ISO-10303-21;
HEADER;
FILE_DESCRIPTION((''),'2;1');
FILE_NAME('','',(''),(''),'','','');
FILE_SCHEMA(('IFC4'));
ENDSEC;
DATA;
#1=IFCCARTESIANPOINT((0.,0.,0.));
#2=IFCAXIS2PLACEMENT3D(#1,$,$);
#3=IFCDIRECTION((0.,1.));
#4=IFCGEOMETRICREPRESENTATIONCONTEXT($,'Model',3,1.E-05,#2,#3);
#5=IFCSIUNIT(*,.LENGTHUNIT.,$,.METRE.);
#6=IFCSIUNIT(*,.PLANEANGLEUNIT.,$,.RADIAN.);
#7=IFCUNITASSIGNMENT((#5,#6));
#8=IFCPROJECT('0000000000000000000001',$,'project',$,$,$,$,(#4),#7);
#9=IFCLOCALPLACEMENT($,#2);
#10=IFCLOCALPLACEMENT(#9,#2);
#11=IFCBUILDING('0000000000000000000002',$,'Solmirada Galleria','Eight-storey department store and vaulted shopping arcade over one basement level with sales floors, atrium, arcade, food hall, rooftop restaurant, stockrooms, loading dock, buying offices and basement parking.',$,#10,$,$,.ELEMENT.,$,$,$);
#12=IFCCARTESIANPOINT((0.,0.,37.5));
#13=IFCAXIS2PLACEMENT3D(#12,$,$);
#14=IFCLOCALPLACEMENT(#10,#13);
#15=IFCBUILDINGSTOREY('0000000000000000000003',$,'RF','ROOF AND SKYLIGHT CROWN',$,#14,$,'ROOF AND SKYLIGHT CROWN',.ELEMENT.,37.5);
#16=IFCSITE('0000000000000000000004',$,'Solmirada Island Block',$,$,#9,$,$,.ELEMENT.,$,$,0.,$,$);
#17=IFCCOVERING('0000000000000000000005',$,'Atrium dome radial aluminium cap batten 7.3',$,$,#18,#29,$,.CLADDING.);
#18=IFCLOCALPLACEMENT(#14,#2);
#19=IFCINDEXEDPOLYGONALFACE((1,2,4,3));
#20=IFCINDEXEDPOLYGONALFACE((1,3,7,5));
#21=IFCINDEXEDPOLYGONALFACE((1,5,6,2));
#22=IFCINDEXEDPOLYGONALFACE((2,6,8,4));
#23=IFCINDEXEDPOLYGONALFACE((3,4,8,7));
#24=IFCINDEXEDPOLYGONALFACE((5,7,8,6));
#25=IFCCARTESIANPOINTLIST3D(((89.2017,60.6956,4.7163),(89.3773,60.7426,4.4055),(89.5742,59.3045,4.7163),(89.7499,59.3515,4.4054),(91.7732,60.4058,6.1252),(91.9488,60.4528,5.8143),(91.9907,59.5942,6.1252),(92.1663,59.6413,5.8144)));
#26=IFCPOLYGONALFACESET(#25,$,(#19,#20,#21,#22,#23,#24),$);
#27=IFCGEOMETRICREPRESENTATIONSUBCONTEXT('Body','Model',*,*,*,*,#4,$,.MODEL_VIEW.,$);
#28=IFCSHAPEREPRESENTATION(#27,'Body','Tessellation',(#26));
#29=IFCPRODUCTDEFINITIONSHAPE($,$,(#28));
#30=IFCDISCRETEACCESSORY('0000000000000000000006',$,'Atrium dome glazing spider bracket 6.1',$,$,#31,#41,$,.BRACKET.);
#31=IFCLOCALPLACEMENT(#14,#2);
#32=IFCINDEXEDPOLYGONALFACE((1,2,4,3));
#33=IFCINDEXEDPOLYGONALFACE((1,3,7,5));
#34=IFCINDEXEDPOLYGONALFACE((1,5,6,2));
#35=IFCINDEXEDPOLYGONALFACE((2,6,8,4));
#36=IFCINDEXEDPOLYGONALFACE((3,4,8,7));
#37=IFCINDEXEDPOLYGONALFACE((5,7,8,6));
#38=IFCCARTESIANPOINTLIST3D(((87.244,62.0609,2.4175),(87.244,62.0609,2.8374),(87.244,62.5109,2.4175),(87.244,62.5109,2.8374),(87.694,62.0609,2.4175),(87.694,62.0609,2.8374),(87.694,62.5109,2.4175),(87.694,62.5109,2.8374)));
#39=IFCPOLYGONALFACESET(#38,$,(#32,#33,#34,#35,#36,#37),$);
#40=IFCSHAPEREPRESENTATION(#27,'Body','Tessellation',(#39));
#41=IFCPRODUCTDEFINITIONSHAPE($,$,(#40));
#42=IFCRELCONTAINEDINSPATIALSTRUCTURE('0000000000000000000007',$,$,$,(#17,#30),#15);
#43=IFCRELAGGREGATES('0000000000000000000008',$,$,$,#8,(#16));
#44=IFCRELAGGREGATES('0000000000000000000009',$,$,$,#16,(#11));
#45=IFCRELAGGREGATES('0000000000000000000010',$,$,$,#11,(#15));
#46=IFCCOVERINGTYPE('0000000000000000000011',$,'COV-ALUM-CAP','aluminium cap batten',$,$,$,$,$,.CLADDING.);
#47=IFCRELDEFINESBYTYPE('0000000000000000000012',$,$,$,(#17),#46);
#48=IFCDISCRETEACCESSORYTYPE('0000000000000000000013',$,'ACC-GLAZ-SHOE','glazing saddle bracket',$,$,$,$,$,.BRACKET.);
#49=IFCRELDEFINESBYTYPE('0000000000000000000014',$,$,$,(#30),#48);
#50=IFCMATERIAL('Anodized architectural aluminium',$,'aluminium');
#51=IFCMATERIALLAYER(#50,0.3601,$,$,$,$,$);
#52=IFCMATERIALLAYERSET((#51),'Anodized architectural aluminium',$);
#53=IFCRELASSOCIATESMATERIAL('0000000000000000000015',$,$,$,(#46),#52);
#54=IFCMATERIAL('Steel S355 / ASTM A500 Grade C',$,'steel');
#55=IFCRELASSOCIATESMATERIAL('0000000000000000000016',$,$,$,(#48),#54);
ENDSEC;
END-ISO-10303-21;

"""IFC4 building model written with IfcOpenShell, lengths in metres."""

from ifc_helpers import new_model, si_unit, direction, frame, origin, origin_2d, place, context, subcontext, project, spatial, polyline, rectangle, outline, extrude, material, layer, layer_set, type_object, element, save


model = new_model("IFC4")

# Units and contexts
model_context = context("Model", 3, precision=1e-05, world=origin(), true_north=direction((0.0, 1.0)))
body_context = subcontext(model_context, "Body", "Model", "MODEL_VIEW")
ifc_project = project(units=[si_unit("LENGTHUNIT", "METRE"), si_unit("PLANEANGLEUNIT", "RADIAN")], contexts=[model_context])

# Site, building, storey
site_placement = place(None, origin())
site = spatial("IfcSite", under=ifc_project, at=site_placement, Name="Solmirada Island Block", CompositionType="ELEMENT", RefElevation=0.0)
building_placement = place(site_placement, origin())
building = spatial("IfcBuilding", under=site, at=building_placement, Name="Solmirada Galleria", Description="Eight-storey department store and vaulted shopping arcade over one basement level with sales floors, atrium, arcade, food hall, rooftop restaurant, stockrooms, loading dock, buying offices and basement parking.", CompositionType="ELEMENT")
storey_placement = place(building_placement, frame((0.0, 0.0, 37.5)))
storey = spatial("IfcBuildingStorey", under=building, at=storey_placement, Name="RF", Description="ROOF AND SKYLIGHT CROWN", LongName="ROOF AND SKYLIGHT CROWN", CompositionType="ELEMENT", Elevation=37.5)

# Shared definitions
ifc_material_1 = material(Name="Steel S355 / ASTM A500 Grade C", Category="steel")

# Covering
ifc_material_2 = material(Name="Anodized architectural aluminium", Category="aluminium")
ifc_layer_1 = layer(ifc_material_2, 0.3601)
ifc_layer_set_1 = layer_set([ifc_layer_1], Name="Anodized architectural aluminium")
covering_type = type_object("IfcCoveringType", Name="COV-ALUM-CAP", Description="aluminium cap batten", PredefinedType="CLADDING", material=ifc_layer_set_1)
covering_1_placement = place(storey_placement, frame((89.2017, 60.6956, 4.7163), z_axis=(-0.487649, -0.130642, 0.86321), x_axis=(0.258717, -0.965953, -0.000036)))
element("IfcCovering", 1, at=covering_1_placement, inside=storey, type_object=covering_type, Name="Atrium dome radial aluminium cap batten 7.3", PredefinedType="CLADDING", context=body_context, shape_type="SweptSolid", body=[
    extrude(outline(polyline([(0.0, 0.0), (1.4401, 0.0), (1.7853, 2.7909), (0.9452, 2.7908), (0.0, 0.0)])), origin(), (0.0, 0.0, -1.0), 0.3601),
])

# Discrete accessory
discrete_accessory_type = type_object("IfcDiscreteAccessoryType", Name="ACC-GLAZ-SHOE", Description="glazing saddle bracket", PredefinedType="BRACKET", material=ifc_material_1)
discrete_accessory_placement = place(storey_placement, frame((87.469, 62.2859, 2.4175), z_axis=(0.0, 0.0, 1.0), x_axis=(1.0, 0.0, 0.0)))
element("IfcDiscreteAccessory", 2, at=discrete_accessory_placement, inside=storey, type_object=discrete_accessory_type, Name="Atrium dome glazing spider bracket 6.1", PredefinedType="BRACKET", context=body_context, shape_type="SweptSolid", body=[
    extrude(rectangle(XDim=0.45, YDim=0.45, at=origin_2d()), origin(), (0.0, 0.0, 1.0), 0.4199),
])

save(model, "model.ifc")
